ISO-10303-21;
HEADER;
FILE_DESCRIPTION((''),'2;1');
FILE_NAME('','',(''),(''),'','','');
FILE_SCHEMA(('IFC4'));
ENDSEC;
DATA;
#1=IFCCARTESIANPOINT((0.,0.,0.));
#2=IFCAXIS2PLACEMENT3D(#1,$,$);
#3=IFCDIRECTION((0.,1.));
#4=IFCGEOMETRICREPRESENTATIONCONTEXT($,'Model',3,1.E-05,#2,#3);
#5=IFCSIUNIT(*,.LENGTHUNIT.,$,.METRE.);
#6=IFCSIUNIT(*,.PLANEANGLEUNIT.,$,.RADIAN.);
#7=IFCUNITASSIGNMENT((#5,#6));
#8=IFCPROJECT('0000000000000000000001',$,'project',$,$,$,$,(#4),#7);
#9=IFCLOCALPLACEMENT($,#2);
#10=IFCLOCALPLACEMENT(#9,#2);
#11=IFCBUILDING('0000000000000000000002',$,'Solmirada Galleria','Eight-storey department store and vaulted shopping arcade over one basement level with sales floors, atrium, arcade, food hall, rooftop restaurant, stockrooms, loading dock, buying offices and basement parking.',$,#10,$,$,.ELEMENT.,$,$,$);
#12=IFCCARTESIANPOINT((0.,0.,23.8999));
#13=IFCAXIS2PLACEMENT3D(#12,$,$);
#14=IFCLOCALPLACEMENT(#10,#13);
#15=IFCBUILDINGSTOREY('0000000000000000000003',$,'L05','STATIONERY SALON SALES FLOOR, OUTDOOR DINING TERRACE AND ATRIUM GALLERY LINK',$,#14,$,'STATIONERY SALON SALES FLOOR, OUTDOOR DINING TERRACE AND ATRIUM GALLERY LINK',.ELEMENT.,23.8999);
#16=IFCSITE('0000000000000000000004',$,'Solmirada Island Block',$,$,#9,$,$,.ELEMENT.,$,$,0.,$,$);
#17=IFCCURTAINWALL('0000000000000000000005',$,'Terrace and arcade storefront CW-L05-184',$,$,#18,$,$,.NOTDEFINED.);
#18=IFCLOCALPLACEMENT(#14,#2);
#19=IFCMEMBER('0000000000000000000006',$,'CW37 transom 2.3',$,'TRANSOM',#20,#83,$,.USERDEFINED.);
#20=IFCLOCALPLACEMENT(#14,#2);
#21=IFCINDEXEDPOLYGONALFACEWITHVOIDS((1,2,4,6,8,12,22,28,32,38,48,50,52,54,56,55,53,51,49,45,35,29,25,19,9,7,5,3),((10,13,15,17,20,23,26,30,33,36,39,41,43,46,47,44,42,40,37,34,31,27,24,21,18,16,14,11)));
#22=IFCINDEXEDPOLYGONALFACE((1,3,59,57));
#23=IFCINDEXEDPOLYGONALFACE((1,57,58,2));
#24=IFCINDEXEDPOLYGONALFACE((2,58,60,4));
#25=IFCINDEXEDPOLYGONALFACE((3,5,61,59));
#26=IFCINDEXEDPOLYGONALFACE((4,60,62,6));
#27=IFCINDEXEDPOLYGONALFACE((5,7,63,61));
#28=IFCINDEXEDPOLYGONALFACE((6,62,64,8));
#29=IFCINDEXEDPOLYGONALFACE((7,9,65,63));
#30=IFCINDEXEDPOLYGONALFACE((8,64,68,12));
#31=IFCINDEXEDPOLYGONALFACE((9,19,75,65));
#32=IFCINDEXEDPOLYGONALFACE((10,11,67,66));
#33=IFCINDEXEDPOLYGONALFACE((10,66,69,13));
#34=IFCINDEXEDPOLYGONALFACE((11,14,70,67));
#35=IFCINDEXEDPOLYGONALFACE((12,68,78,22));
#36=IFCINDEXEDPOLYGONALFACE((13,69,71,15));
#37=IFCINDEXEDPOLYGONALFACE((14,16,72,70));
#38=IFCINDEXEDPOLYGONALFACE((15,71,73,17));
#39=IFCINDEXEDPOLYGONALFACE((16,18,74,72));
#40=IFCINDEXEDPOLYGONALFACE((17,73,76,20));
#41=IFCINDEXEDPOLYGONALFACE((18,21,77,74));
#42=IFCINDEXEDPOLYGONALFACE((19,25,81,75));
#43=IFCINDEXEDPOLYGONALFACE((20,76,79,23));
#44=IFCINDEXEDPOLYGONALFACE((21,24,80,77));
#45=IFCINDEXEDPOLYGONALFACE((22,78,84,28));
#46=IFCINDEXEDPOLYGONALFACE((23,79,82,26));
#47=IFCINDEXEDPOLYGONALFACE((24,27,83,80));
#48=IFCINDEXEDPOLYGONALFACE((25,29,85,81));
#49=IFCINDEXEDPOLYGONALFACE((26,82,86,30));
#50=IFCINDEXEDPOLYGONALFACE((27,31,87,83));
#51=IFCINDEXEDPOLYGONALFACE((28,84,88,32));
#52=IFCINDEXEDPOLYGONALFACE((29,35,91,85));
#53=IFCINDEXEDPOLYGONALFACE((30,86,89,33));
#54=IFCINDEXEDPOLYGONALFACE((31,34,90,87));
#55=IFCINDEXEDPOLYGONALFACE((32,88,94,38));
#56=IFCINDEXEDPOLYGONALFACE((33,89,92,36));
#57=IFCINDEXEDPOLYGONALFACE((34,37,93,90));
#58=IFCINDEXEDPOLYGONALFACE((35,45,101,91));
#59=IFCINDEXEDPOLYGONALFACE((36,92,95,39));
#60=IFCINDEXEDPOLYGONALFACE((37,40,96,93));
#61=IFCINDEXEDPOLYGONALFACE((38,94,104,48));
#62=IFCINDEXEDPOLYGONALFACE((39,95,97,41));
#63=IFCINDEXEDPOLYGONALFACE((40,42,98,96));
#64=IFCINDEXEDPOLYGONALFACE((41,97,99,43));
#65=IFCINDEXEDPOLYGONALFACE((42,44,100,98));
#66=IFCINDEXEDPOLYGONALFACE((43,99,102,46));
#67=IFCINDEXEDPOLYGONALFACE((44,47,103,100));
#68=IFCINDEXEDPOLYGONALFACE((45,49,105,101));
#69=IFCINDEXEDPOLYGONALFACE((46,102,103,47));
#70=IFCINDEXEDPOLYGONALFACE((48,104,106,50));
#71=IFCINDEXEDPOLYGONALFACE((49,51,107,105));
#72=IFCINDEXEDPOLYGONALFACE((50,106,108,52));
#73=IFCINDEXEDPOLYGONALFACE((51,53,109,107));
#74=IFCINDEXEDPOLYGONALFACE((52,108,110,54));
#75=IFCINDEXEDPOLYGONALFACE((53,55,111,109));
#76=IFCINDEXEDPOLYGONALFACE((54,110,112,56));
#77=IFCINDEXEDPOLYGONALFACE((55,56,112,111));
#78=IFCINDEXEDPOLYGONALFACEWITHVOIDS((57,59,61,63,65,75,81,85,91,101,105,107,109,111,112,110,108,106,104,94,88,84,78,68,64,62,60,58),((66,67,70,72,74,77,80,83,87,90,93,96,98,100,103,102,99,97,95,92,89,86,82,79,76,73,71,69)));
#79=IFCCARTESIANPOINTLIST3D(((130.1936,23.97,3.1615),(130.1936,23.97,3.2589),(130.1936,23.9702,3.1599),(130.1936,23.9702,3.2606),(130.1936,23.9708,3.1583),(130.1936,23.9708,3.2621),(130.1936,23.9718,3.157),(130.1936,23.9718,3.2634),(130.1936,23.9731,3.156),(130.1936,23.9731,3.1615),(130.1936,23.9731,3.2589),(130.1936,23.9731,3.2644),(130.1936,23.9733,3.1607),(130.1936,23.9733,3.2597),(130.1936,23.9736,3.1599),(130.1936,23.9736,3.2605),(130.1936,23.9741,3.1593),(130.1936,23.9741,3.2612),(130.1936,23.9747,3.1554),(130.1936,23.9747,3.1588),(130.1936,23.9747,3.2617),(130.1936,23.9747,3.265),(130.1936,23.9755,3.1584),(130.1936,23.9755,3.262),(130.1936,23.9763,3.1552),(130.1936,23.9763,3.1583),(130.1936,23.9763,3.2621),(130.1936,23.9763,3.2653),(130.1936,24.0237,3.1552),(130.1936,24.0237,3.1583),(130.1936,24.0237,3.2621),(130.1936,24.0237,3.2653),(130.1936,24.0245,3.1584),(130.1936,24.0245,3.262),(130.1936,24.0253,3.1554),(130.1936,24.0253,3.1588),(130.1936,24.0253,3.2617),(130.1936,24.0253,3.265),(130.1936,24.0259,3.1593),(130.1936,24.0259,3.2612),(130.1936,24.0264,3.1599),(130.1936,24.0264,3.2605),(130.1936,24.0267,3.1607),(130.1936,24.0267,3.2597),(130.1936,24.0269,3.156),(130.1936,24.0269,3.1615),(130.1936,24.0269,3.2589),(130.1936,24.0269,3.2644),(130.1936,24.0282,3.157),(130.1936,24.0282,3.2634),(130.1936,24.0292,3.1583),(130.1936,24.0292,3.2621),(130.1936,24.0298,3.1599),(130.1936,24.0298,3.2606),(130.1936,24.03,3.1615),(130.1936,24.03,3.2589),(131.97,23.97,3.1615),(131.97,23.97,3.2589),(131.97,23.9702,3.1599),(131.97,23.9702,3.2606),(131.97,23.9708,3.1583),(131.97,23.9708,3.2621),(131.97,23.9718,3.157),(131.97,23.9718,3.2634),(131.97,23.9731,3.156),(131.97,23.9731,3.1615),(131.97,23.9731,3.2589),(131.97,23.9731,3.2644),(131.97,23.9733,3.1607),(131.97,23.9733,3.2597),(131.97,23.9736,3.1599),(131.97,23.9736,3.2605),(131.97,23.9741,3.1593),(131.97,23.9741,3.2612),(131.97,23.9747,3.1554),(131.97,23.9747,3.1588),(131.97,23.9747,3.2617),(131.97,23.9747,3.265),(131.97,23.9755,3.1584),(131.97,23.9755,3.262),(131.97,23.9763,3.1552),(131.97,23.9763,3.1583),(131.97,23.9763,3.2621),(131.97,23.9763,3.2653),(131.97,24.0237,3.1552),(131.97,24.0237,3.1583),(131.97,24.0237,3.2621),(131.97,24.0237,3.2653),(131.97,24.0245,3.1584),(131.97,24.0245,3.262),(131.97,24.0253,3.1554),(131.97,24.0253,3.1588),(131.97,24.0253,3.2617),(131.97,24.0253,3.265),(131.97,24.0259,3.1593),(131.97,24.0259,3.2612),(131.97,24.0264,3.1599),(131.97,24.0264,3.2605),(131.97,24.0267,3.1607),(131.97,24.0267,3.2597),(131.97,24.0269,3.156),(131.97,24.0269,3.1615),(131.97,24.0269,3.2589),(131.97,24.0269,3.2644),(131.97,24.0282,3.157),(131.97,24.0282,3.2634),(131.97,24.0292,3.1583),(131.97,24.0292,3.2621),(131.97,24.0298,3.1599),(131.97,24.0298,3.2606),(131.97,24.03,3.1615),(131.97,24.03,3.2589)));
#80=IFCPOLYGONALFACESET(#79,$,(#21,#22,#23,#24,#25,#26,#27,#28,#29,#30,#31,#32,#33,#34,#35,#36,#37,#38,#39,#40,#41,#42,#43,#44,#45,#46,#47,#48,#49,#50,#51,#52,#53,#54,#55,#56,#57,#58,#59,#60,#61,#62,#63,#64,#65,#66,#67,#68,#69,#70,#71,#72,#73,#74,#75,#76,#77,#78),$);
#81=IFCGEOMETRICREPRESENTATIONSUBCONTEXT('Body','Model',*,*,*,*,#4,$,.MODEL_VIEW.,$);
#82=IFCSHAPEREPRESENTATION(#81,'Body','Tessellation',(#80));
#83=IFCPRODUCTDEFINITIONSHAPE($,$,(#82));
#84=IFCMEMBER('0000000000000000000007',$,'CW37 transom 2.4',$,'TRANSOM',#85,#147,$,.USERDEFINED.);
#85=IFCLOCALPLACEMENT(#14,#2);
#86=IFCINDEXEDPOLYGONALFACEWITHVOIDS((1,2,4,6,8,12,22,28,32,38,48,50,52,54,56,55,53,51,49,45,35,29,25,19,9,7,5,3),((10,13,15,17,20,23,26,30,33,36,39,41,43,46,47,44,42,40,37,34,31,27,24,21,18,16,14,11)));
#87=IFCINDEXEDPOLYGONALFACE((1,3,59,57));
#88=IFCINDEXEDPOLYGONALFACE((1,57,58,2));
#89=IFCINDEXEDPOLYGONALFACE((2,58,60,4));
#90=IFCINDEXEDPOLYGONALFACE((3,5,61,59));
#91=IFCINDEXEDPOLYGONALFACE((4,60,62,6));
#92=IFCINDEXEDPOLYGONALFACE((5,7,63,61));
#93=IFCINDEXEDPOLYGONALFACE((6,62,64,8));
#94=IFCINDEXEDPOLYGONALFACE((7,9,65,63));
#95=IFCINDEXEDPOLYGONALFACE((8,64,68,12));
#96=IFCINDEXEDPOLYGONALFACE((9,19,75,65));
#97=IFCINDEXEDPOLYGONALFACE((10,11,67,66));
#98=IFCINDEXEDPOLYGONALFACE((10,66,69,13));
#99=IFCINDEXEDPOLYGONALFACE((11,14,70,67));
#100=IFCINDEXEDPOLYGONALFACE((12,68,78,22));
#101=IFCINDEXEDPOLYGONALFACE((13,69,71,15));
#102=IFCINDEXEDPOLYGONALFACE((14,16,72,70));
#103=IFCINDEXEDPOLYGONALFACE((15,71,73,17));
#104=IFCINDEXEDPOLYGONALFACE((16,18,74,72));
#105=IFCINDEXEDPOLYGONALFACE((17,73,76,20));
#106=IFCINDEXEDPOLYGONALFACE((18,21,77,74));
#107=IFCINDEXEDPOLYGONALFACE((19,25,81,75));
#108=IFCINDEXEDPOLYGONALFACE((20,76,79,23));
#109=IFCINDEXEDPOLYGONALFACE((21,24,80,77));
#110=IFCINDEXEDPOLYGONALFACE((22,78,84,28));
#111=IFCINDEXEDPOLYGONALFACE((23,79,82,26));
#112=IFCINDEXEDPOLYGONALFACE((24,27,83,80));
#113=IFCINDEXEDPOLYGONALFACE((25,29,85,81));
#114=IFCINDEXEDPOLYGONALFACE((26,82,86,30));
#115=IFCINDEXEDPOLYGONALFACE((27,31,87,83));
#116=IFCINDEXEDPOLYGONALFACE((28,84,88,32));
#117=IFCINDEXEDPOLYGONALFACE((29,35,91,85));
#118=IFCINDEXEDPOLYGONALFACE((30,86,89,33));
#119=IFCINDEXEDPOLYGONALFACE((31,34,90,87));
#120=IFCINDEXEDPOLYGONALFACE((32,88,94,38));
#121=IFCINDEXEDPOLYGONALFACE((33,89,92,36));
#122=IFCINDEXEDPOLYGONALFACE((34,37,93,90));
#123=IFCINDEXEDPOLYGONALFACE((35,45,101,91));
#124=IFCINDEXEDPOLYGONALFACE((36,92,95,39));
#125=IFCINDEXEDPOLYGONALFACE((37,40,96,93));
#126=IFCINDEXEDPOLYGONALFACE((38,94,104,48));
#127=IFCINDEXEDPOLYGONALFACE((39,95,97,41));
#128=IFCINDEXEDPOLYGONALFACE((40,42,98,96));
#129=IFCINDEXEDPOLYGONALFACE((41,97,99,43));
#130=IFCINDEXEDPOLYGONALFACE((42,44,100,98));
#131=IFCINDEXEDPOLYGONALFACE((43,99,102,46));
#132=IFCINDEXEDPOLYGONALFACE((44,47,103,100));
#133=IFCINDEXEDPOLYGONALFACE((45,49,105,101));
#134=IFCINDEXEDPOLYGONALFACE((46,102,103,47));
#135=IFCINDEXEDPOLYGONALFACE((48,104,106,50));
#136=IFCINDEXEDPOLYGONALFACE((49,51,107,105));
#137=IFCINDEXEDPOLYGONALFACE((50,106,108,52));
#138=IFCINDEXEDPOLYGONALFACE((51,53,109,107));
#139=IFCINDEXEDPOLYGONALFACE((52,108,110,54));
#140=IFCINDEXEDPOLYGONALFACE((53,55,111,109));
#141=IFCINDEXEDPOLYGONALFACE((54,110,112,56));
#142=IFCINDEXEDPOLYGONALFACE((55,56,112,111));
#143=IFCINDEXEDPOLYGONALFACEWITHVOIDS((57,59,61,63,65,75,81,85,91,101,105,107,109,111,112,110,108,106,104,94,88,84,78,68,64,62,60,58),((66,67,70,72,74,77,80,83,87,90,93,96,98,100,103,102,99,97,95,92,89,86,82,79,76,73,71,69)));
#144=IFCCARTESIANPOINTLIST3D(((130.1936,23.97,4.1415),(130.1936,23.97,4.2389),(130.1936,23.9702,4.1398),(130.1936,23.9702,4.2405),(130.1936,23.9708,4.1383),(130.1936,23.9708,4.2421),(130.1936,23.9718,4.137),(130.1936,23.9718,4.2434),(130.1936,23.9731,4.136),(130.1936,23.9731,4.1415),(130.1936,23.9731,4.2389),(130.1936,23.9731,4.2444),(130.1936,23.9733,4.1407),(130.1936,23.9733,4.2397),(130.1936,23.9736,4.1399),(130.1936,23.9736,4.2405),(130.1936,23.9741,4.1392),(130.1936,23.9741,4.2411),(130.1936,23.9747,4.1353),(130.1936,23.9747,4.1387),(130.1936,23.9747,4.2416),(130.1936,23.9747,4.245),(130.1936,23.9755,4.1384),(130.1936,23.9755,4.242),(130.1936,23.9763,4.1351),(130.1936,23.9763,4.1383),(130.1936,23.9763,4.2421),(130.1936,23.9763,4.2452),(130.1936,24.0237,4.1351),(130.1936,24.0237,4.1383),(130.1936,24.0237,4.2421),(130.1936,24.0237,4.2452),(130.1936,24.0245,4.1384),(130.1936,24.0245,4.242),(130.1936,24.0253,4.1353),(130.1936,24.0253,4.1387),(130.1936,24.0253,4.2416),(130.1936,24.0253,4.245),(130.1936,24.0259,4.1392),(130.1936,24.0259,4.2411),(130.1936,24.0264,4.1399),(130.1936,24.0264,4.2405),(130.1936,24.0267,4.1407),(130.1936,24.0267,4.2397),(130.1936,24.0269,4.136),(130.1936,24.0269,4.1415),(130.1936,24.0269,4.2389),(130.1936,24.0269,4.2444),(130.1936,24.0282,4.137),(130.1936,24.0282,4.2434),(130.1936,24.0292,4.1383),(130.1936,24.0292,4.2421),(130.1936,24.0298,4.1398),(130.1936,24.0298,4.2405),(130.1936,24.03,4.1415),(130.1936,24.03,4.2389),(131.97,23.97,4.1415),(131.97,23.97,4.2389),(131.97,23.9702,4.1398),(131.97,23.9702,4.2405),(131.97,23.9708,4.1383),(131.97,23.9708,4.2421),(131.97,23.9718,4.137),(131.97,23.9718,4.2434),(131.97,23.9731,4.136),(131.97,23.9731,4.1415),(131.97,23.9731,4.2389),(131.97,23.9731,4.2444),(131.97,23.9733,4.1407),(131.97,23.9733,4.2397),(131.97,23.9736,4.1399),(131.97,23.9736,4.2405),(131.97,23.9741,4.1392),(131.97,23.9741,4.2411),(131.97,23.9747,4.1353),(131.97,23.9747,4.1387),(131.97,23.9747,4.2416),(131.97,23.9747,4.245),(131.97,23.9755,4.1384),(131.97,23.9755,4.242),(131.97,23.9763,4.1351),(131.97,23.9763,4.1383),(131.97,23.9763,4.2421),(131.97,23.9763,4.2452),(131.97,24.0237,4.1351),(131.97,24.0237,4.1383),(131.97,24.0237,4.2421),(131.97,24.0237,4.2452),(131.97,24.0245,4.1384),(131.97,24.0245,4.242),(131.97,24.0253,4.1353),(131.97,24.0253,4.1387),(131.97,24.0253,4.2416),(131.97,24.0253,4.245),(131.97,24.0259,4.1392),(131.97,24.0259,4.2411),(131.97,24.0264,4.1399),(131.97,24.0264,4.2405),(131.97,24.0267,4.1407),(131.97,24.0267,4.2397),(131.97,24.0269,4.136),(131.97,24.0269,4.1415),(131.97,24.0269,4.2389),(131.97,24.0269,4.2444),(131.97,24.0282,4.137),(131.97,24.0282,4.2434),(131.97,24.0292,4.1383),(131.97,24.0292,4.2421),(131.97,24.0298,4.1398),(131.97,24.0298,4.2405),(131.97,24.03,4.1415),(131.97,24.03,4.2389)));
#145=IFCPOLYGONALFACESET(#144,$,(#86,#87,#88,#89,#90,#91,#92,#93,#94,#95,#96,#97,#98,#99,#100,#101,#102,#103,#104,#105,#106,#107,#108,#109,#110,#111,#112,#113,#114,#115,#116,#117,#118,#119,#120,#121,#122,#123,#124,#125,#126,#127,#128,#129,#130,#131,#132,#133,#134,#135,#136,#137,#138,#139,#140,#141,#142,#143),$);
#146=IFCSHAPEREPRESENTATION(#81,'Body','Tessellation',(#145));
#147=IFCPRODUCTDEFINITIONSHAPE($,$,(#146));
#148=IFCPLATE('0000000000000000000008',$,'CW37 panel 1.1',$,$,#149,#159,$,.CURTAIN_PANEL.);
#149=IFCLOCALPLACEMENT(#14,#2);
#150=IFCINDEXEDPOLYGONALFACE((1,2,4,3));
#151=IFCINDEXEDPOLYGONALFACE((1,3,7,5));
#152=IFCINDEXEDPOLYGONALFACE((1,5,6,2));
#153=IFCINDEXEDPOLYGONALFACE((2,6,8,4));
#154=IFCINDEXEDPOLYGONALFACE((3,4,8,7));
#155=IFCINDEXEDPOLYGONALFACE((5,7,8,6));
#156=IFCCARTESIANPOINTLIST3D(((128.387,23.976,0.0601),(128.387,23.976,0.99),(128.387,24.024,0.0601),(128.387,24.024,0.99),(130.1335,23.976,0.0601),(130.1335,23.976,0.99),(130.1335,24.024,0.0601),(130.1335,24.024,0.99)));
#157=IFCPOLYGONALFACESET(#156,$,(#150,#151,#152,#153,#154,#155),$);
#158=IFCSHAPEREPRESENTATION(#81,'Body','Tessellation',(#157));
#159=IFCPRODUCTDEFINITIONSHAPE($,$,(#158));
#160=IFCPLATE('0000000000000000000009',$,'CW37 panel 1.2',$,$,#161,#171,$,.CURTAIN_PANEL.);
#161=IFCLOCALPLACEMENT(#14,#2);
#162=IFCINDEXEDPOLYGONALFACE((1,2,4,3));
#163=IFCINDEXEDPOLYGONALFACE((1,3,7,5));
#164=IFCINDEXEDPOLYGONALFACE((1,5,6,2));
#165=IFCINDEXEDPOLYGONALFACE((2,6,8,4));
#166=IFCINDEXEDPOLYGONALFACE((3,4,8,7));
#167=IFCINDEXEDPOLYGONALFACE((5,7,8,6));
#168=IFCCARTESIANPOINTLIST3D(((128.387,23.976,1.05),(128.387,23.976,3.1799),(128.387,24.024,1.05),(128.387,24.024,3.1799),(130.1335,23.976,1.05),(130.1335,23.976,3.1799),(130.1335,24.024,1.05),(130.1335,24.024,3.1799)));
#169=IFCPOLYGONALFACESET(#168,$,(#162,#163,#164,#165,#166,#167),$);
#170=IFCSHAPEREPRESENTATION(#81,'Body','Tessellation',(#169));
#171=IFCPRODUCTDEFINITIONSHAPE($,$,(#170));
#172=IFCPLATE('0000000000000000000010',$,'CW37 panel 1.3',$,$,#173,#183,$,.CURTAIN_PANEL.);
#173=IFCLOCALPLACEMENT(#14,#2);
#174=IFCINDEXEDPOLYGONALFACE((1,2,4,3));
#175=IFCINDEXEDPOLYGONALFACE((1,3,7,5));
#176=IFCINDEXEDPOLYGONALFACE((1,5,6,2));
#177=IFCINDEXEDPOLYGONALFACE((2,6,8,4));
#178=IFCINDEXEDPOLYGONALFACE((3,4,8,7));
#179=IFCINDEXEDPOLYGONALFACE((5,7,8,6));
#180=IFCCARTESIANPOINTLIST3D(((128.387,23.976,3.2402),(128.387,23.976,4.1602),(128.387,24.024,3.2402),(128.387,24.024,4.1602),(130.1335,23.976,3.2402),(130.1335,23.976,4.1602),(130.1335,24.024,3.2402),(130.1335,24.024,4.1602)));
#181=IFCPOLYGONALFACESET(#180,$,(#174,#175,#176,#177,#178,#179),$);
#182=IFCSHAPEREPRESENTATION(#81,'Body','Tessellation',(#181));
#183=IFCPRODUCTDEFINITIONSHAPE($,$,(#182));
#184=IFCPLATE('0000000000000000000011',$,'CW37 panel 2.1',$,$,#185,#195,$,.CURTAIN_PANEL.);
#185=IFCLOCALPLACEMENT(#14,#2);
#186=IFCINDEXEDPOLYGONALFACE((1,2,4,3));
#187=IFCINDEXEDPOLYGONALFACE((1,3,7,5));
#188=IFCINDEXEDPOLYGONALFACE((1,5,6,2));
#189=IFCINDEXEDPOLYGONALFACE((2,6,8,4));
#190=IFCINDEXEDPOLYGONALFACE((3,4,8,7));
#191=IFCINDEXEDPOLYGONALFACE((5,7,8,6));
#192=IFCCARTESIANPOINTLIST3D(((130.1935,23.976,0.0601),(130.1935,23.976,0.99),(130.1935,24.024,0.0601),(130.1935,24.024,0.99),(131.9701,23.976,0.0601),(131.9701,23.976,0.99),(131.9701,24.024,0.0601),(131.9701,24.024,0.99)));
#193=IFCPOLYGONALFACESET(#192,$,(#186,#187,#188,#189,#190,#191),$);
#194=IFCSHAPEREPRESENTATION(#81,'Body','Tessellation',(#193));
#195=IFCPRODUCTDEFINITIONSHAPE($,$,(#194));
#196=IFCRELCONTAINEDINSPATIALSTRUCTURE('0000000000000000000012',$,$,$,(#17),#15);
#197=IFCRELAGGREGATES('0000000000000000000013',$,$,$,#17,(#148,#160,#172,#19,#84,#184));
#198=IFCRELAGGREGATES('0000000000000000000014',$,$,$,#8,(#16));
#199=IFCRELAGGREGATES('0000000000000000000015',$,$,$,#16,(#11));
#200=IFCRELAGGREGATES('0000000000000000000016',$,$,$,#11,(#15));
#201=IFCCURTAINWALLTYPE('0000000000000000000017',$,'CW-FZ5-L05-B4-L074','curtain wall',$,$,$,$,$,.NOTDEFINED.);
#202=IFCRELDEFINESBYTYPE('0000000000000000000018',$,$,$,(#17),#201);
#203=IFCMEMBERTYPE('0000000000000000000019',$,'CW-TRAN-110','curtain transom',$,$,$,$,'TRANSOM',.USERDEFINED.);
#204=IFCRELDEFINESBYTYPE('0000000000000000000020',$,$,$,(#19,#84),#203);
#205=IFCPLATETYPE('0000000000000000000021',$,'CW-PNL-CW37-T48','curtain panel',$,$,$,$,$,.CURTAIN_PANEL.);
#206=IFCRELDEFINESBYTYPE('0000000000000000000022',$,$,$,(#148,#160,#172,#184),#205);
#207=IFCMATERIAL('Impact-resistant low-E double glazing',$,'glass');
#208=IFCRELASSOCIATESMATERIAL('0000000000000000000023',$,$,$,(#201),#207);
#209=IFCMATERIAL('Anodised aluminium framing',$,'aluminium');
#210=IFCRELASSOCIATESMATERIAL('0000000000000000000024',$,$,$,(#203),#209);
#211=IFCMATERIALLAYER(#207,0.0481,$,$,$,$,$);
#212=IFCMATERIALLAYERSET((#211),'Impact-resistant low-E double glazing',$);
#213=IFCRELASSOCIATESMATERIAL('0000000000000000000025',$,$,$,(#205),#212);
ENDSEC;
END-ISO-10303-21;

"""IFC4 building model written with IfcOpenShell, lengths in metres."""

from ifc_helpers import new_model, si_unit, direction, frame, origin, origin_2d, place, context, subcontext, project, spatial, rectangle, hollow_rectangle, extrude, material, layer, layer_set, material_profile, profile_set, type_object, element, aggregate, save


model = new_model("IFC4")

# Units and contexts
model_context = context("Model", 3, precision=1e-05, world=origin(), true_north=direction((0.0, 1.0)))
body_context = subcontext(model_context, "Body", "Model", "MODEL_VIEW")
ifc_project = project(units=[si_unit("LENGTHUNIT", "METRE"), si_unit("PLANEANGLEUNIT", "RADIAN")], contexts=[model_context])

# Site, building, storey
site_placement = place(None, origin())
site = spatial("IfcSite", under=ifc_project, at=site_placement, Name="Solmirada Island Block", CompositionType="ELEMENT", RefElevation=0.0)
building_placement = place(site_placement, origin())
building = spatial("IfcBuilding", under=site, at=building_placement, Name="Solmirada Galleria", Description="Eight-storey department store and vaulted shopping arcade over one basement level with sales floors, atrium, arcade, food hall, rooftop restaurant, stockrooms, loading dock, buying offices and basement parking.", CompositionType="ELEMENT")
storey_placement = place(building_placement, frame((0.0, 0.0, 23.8999)))
storey = spatial("IfcBuildingStorey", under=building, at=storey_placement, Name="L05", Description="STATIONERY SALON SALES FLOOR, OUTDOOR DINING TERRACE AND ATRIUM GALLERY LINK", LongName="STATIONERY SALON SALES FLOOR, OUTDOOR DINING TERRACE AND ATRIUM GALLERY LINK", CompositionType="ELEMENT", Elevation=23.8999)

# Curtain wall, members, plates
ifc_material_1 = material(Name="Impact-resistant low-E double glazing", Category="glass")
curtain_wall_type = type_object("IfcCurtainWallType", Name="CW-FZ5-L05-B4-L074", Description="curtain wall", PredefinedType="NOTDEFINED", material=ifc_material_1)
curtain_wall_placement = place(storey_placement, origin())
curtain_wall = element("IfcCurtainWall", 1, at=curtain_wall_placement, inside=storey, type_object=curtain_wall_type, Name="Terrace and arcade storefront CW-L05-184", PredefinedType="NOTDEFINED")
ifc_material_2 = material(Name="Anodised aluminium framing", Category="aluminium")
ifc_material_profile_1 = material_profile(ifc_material_2, hollow_rectangle(XDim=0.0601, YDim=0.1101, WallThickness=0.0032, InnerFilletRadius=0.0032, OuterFilletRadius=0.0063, at=origin_2d()), Name="ALU-TRAN-110X60")
ifc_profile_set_1 = profile_set([ifc_material_profile_1], Name="Anodised aluminium framing")
member_type_1 = type_object("IfcMemberType", Name="CW-TRAN-110", Description="curtain transom", ElementType="TRANSOM", PredefinedType="USERDEFINED", material=ifc_profile_set_1)
member_1_placement = place(storey_placement, frame((130.1936, 24.0, 3.2102), z_axis=(1.0, 0.0, 0.0), x_axis=(0.0, 1.0, 0.0)))
member_1 = element("IfcMember", 2, at=member_1_placement, type_object=member_type_1, Name="CW37 transom 2.3", ObjectType="TRANSOM", PredefinedType="USERDEFINED", context=body_context, shape_type="SweptSolid", body=[
    extrude(hollow_rectangle(XDim=0.0601, YDim=0.1101, WallThickness=0.0032, InnerFilletRadius=0.0032, OuterFilletRadius=0.0063, at=origin_2d()), origin(), (0.0, 0.0, 1.0), 1.7764),
])
member_2_placement = place(storey_placement, frame((130.1936, 24.0, 4.1902), z_axis=(1.0, 0.0, 0.0), x_axis=(0.0, 1.0, 0.0)))
member_2 = element("IfcMember", 3, at=member_2_placement, type_object=member_type_1, Name="CW37 transom 2.4", ObjectType="TRANSOM", PredefinedType="USERDEFINED", context=body_context, shape_type="SweptSolid", body=[
    extrude(hollow_rectangle(XDim=0.0601, YDim=0.1101, WallThickness=0.0032, InnerFilletRadius=0.0032, OuterFilletRadius=0.0063, at=origin_2d()), origin(), (0.0, 0.0, 1.0), 1.7764),
])
ifc_layer_1 = layer(ifc_material_1, 0.0481)
ifc_layer_set_1 = layer_set([ifc_layer_1], Name="Impact-resistant low-E double glazing")
plate_type = type_object("IfcPlateType", Name="CW-PNL-CW37-T48", Description="curtain panel", PredefinedType="CURTAIN_PANEL", material=ifc_layer_set_1)
plate_1_placement = place(storey_placement, frame((129.2603, 24.0, 0.0601), z_axis=(0.0, 0.0, 1.0), x_axis=(1.0, 0.0, 0.0)))
plate_1 = element("IfcPlate", 4, at=plate_1_placement, type_object=plate_type, Name="CW37 panel 1.1", PredefinedType="CURTAIN_PANEL", context=body_context, shape_type="SweptSolid", body=[
    extrude(rectangle(XDim=1.7466, YDim=0.0481, at=origin_2d()), origin(), (0.0, 0.0, 1.0), 0.9299),
])
plate_2_placement = place(storey_placement, frame((129.2603, 24.0, 1.05), z_axis=(0.0, 0.0, 1.0), x_axis=(1.0, 0.0, 0.0)))
plate_2 = element("IfcPlate", 5, at=plate_2_placement, type_object=plate_type, Name="CW37 panel 1.2", PredefinedType="CURTAIN_PANEL", context=body_context, shape_type="SweptSolid", body=[
    extrude(rectangle(XDim=1.7466, YDim=0.0481, at=origin_2d()), origin(), (0.0, 0.0, 1.0), 2.1299),
])
plate_3_placement = place(storey_placement, frame((129.2603, 24.0, 3.2402), z_axis=(0.0, 0.0, 1.0), x_axis=(1.0, 0.0, 0.0)))
plate_3 = element("IfcPlate", 6, at=plate_3_placement, type_object=plate_type, Name="CW37 panel 1.3", PredefinedType="CURTAIN_PANEL", context=body_context, shape_type="SweptSolid", body=[
    extrude(rectangle(XDim=1.7466, YDim=0.0481, at=origin_2d()), origin(), (0.0, 0.0, 1.0), 0.9199),
])
plate_4_placement = place(storey_placement, frame((131.0818, 24.0, 0.0601), z_axis=(0.0, 0.0, 1.0), x_axis=(1.0, 0.0, 0.0)))
plate_4 = element("IfcPlate", 7, at=plate_4_placement, type_object=plate_type, Name="CW37 panel 2.1", PredefinedType="CURTAIN_PANEL", context=body_context, shape_type="SweptSolid", body=[
    extrude(rectangle(XDim=1.7766, YDim=0.0481, at=origin_2d()), origin(), (0.0, 0.0, 1.0), 0.9299),
])
aggregate(curtain_wall, [plate_1, plate_2, plate_3, member_1, member_2, plate_4])

save(model, "model.ifc")
